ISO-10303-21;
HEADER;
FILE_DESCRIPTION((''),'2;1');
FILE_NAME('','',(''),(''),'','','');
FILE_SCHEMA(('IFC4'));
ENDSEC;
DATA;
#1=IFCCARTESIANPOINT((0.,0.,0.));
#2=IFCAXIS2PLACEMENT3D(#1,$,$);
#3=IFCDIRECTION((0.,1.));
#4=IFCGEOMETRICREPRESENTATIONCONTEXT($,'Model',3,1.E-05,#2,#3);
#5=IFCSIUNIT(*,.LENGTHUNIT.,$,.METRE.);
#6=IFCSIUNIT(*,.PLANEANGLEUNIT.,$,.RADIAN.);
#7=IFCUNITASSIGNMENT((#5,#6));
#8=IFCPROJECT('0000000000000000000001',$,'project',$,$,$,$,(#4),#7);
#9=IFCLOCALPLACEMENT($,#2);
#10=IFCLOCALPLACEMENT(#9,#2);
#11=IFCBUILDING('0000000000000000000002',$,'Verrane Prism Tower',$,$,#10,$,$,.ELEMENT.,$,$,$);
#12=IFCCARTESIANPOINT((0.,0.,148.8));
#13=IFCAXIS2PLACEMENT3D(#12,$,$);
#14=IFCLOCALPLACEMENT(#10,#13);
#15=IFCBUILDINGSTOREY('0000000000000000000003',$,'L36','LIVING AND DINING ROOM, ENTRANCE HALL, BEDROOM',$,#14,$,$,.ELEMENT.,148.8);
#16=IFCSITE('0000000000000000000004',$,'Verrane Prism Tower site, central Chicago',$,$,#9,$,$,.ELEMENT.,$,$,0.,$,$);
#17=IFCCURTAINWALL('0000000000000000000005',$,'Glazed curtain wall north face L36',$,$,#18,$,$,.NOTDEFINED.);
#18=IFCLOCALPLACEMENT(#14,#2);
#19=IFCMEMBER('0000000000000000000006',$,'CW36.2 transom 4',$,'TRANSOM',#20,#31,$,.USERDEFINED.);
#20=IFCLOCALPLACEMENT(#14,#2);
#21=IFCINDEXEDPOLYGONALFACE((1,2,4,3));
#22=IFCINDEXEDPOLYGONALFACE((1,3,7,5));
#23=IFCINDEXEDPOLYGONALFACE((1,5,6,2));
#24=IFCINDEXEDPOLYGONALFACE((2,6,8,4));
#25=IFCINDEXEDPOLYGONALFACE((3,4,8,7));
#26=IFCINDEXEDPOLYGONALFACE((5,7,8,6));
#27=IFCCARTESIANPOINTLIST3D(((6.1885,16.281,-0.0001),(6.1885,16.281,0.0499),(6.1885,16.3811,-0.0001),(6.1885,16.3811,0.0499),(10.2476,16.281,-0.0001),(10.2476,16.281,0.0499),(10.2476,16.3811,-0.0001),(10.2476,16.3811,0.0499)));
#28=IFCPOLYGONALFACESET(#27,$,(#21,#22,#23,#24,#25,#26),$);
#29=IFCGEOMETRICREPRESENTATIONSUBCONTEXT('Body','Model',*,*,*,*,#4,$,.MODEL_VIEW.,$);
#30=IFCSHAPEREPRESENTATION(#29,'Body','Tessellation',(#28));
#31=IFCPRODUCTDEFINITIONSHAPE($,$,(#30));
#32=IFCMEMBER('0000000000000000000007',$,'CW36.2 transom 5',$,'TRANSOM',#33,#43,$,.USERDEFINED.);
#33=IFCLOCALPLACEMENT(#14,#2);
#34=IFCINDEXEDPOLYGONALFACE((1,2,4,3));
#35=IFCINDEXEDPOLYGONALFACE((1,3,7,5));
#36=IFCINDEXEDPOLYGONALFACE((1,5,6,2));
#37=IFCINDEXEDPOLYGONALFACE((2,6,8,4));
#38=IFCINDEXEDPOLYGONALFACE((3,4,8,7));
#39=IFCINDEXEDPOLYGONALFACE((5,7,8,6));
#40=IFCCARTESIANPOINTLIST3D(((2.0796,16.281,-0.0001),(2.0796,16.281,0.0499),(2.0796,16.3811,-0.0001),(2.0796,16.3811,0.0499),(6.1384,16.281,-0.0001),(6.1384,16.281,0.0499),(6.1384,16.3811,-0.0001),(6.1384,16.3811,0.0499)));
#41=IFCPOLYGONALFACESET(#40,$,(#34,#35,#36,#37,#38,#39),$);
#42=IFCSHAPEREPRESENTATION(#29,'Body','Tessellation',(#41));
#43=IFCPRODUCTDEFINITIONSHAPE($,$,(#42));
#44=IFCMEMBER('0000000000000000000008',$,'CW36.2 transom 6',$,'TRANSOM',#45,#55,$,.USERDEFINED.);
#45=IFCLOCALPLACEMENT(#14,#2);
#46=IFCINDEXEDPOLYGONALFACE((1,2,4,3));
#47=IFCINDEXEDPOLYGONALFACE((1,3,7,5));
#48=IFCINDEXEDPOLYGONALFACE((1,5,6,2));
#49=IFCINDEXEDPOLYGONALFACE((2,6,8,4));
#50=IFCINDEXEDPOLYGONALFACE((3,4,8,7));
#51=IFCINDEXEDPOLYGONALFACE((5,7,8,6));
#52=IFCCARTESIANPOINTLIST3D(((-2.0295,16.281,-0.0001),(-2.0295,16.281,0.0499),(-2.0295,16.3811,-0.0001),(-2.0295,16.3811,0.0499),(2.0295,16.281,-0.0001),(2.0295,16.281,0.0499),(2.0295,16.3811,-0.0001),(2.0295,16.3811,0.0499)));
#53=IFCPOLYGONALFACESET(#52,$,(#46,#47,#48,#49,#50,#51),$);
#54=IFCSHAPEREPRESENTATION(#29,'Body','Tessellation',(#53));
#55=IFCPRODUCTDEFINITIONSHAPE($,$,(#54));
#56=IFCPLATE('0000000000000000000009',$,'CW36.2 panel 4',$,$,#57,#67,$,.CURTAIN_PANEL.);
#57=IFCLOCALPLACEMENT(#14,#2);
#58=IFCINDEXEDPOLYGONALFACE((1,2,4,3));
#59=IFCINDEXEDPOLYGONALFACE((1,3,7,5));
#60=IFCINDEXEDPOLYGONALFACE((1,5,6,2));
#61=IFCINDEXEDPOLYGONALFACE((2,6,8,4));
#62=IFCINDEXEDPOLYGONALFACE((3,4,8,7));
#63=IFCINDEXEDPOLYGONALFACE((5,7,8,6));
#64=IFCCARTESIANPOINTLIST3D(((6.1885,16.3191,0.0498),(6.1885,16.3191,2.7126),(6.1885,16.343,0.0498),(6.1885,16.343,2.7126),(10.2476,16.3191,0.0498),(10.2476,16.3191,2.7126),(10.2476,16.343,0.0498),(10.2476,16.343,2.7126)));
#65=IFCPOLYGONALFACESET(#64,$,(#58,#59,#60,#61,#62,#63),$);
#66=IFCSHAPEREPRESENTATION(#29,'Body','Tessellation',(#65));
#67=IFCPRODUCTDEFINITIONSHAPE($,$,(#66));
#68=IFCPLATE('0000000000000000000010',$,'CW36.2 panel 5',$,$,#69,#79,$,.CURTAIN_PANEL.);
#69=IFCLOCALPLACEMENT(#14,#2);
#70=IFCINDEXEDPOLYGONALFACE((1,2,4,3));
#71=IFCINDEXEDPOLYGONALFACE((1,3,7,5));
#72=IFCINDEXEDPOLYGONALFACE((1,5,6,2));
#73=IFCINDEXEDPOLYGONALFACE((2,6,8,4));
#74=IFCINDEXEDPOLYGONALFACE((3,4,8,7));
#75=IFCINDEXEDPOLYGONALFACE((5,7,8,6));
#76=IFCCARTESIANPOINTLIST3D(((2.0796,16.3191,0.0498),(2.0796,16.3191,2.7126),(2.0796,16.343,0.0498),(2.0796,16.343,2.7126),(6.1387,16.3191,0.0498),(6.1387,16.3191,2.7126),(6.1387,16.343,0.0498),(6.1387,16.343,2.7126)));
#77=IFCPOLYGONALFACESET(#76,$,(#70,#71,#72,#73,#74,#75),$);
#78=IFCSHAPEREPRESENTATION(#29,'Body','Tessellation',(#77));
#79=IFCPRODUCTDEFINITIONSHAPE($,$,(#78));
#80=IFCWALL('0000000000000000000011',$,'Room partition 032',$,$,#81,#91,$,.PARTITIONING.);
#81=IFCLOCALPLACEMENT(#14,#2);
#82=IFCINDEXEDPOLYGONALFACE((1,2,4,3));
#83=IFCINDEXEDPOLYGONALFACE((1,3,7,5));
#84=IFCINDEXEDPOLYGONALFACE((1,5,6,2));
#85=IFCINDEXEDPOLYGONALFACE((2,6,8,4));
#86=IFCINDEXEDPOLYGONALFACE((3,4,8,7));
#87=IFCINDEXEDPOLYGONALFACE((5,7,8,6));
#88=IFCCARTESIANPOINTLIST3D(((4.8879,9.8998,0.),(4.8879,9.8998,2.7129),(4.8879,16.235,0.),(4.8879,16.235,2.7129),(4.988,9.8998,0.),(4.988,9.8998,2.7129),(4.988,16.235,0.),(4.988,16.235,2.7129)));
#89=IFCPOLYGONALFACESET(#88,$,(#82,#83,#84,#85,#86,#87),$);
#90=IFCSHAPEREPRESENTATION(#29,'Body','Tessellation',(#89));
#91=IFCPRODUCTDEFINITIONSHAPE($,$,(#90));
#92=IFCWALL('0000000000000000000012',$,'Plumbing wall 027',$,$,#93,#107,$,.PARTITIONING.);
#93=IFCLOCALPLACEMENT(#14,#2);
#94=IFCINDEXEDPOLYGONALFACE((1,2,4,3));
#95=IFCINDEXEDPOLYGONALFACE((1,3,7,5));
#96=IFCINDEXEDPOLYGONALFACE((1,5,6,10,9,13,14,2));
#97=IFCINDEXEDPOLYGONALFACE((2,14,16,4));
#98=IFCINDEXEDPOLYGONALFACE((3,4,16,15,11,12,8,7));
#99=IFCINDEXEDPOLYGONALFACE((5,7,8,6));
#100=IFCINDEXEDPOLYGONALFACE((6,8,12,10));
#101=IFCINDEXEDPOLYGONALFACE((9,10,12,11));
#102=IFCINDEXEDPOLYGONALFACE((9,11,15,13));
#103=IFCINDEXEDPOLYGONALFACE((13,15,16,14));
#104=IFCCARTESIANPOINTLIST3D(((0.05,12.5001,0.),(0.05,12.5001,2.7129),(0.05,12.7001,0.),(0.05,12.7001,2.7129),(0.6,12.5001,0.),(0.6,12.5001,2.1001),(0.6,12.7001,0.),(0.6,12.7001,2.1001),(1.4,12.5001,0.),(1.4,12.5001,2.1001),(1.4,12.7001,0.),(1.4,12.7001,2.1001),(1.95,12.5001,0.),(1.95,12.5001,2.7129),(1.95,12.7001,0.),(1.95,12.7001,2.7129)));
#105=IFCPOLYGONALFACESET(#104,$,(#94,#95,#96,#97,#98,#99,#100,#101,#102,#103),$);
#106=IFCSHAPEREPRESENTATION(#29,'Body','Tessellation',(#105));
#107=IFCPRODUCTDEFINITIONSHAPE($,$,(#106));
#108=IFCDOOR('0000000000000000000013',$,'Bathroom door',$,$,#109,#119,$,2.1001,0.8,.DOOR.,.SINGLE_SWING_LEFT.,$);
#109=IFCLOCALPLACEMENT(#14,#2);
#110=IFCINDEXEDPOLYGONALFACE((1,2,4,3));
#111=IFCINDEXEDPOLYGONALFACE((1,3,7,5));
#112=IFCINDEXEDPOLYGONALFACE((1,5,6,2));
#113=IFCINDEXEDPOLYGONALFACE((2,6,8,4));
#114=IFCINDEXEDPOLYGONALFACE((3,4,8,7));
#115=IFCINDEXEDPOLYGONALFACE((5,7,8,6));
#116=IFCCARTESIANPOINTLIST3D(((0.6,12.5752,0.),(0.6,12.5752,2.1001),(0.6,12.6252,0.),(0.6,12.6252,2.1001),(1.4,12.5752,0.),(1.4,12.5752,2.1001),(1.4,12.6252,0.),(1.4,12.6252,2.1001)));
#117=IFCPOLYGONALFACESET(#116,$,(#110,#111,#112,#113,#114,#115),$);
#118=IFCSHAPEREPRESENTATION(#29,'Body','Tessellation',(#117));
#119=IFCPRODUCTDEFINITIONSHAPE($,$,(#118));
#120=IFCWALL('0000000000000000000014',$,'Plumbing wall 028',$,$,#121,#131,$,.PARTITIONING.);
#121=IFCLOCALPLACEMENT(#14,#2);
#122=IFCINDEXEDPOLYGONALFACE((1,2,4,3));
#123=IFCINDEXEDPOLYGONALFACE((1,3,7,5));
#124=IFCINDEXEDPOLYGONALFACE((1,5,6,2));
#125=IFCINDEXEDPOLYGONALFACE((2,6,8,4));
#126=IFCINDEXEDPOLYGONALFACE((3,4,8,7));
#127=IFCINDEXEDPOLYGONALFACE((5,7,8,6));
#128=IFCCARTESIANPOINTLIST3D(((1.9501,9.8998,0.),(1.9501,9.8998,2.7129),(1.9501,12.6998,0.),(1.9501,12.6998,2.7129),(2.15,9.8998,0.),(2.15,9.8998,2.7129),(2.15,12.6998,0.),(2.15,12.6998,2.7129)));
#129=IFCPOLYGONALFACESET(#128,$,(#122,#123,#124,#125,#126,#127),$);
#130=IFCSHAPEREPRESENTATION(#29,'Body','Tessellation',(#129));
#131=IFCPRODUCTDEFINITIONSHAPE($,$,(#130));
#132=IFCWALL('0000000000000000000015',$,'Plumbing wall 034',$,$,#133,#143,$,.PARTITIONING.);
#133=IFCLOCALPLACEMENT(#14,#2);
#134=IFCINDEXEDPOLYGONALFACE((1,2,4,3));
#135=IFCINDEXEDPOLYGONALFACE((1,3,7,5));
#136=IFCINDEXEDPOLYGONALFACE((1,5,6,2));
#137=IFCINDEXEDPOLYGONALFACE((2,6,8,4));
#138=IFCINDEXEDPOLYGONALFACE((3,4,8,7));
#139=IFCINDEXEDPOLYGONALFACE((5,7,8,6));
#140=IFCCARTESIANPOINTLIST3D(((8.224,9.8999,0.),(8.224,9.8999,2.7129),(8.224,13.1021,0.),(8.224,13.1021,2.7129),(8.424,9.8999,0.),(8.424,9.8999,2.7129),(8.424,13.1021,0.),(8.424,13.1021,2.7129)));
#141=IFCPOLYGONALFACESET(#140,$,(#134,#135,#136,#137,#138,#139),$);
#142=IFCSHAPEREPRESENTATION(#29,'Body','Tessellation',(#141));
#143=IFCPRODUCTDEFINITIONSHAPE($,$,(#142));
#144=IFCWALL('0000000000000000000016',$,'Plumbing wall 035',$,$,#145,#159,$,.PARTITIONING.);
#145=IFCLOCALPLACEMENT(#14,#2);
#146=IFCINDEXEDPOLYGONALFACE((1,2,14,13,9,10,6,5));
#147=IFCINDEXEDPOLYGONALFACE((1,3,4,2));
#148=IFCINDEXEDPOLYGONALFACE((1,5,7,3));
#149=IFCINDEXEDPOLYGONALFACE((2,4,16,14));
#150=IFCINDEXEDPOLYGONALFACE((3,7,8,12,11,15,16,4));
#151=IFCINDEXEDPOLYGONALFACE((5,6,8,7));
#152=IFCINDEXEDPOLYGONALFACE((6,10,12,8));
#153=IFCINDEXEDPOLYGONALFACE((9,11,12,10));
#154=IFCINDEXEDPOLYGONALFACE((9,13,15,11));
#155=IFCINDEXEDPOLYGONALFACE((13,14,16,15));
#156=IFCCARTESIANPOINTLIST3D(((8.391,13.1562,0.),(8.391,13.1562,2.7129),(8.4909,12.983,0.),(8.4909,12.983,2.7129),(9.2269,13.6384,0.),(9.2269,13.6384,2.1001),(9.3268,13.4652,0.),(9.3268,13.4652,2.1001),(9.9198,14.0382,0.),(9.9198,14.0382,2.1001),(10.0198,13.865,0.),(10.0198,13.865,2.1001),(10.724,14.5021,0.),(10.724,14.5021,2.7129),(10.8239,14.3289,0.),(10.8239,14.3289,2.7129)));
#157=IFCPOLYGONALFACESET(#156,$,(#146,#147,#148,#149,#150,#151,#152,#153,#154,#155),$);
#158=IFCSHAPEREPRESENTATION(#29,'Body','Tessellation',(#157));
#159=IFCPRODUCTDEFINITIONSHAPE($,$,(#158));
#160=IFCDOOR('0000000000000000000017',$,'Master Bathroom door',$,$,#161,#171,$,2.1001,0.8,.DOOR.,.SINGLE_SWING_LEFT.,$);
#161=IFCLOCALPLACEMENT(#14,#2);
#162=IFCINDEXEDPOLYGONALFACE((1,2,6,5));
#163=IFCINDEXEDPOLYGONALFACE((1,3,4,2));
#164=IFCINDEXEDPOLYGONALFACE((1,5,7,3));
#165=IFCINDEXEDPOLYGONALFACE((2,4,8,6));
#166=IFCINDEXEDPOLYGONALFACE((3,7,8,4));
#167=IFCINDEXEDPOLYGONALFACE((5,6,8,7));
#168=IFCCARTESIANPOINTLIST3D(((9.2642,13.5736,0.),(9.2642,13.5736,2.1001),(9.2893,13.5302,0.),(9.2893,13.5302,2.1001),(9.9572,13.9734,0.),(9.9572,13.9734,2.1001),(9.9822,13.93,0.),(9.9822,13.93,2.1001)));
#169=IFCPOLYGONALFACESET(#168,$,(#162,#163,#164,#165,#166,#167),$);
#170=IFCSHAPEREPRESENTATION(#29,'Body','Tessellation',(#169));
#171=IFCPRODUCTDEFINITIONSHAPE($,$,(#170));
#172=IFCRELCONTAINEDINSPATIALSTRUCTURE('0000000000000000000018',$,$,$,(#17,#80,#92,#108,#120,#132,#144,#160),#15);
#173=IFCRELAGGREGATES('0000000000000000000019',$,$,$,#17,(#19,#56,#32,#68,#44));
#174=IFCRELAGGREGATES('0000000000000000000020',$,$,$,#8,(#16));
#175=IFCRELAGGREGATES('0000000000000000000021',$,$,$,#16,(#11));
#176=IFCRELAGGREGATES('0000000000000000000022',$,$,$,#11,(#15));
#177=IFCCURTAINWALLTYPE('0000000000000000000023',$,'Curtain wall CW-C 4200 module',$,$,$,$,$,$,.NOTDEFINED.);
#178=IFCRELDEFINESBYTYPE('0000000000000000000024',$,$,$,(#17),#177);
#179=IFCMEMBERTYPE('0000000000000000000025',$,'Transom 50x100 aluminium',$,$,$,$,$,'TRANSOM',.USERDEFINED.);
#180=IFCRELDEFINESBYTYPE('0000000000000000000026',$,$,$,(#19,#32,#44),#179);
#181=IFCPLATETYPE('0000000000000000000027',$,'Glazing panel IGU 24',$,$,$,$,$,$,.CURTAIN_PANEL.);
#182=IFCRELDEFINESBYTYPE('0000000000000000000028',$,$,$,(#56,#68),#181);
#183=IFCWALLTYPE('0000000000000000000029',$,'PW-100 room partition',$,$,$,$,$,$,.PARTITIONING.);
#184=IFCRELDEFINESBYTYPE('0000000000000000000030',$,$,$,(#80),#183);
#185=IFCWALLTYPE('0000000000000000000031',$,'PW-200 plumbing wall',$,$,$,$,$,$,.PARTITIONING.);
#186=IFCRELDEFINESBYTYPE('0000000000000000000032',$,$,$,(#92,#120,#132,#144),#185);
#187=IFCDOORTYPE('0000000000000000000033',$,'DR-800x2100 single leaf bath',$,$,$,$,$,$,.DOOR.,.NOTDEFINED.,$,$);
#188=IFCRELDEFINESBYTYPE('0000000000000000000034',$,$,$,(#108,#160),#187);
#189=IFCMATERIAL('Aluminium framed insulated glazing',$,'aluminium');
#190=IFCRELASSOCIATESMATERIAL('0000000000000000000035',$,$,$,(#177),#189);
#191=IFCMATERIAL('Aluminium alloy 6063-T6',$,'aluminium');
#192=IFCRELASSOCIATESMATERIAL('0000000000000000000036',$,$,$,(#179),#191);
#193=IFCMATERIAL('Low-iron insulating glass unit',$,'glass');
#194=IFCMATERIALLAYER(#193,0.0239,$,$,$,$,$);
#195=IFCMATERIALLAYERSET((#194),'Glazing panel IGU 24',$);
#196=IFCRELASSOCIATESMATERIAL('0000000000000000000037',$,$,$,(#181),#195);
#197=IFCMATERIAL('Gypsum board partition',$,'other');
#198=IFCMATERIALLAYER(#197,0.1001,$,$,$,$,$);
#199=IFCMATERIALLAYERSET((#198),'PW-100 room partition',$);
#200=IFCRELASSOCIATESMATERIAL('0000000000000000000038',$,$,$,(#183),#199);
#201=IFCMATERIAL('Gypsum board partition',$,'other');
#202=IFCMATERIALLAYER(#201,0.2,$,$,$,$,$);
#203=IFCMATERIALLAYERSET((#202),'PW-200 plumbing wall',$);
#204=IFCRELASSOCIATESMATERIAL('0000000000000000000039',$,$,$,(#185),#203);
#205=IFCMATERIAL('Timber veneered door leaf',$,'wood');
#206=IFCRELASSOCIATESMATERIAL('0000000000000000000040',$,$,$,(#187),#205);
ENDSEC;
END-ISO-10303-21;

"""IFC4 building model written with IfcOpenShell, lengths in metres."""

from ifc_helpers import new_model, si_unit, direction, frame, frame_2d, origin, origin_2d, place, context, subcontext, project, spatial, rectangle, extrude, material, layer, layer_set, material_profile, profile_set, type_object, element, fill, aggregate, save


model = new_model("IFC4")

# Units and contexts
model_context = context("Model", 3, precision=1e-05, world=origin(), true_north=direction((0.0, 1.0)))
body_context = subcontext(model_context, "Body", "Model", "MODEL_VIEW")
ifc_project = project(units=[si_unit("LENGTHUNIT", "METRE"), si_unit("PLANEANGLEUNIT", "RADIAN")], contexts=[model_context])

# Site, building, storey
site_placement = place(None, origin())
site = spatial("IfcSite", under=ifc_project, at=site_placement, Name="Verrane Prism Tower site, central Chicago", CompositionType="ELEMENT", RefElevation=0.0)
building_placement = place(site_placement, origin())
building = spatial("IfcBuilding", under=site, at=building_placement, Name="Verrane Prism Tower", CompositionType="ELEMENT")
storey_placement = place(building_placement, frame((0.0, 0.0, 148.8)))
storey = spatial("IfcBuildingStorey", under=building, at=storey_placement, Name="L36", Description="LIVING AND DINING ROOM, ENTRANCE HALL, BEDROOM", CompositionType="ELEMENT", Elevation=148.8)

# Curtain wall
ifc_material_1 = material(Name="Aluminium framed insulated glazing", Category="aluminium")
curtain_wall_type = type_object("IfcCurtainWallType", Name="Curtain wall CW-C 4200 module", PredefinedType="NOTDEFINED", material=ifc_material_1)
curtain_wall_placement = place(storey_placement, origin())
curtain_wall = element("IfcCurtainWall", 1, at=curtain_wall_placement, inside=storey, type_object=curtain_wall_type, Name="Glazed curtain wall north face L36", PredefinedType="NOTDEFINED")

# Members
ifc_material_2 = material(Name="Aluminium alloy 6063-T6", Category="aluminium")
ifc_material_profile_1 = material_profile(ifc_material_2, rectangle(XDim=0.1001, YDim=0.05, at=origin_2d()), Name="Transom 50x100 aluminium")
ifc_profile_set_1 = profile_set([ifc_material_profile_1], Name="Aluminium alloy 6063-T6")
member_type_1 = type_object("IfcMemberType", Name="Transom 50x100 aluminium", ElementType="TRANSOM", PredefinedType="USERDEFINED", material=ifc_profile_set_1)
member_1_placement = place(storey_placement, frame((10.2476, 16.3311, 0.0249), z_axis=(-1.0, 0.0, 0.0), x_axis=(0.0, -1.0, 0.0)))
member_1 = element("IfcMember", 2, at=member_1_placement, type_object=member_type_1, Name="CW36.2 transom 4", ObjectType="TRANSOM", PredefinedType="USERDEFINED", context=body_context, shape_type="SweptSolid", body=[
    extrude(rectangle(XDim=0.1001, YDim=0.05, at=origin_2d()), origin(), (0.0, 0.0, 1.0), 4.0591),
])
member_2_placement = place(storey_placement, frame((6.1384, 16.3311, 0.0249), z_axis=(-1.0, 0.0, 0.0), x_axis=(0.0, -1.0, 0.0)))
member_2 = element("IfcMember", 3, at=member_2_placement, type_object=member_type_1, Name="CW36.2 transom 5", ObjectType="TRANSOM", PredefinedType="USERDEFINED", context=body_context, shape_type="SweptSolid", body=[
    extrude(rectangle(XDim=0.1001, YDim=0.05, at=origin_2d()), origin(), (0.0, 0.0, 1.0), 4.0588),
])
member_3_placement = place(storey_placement, frame((2.0295, 16.3311, 0.0249), z_axis=(-1.0, 0.0, 0.0), x_axis=(0.0, -1.0, 0.0)))
member_3 = element("IfcMember", 4, at=member_3_placement, type_object=member_type_1, Name="CW36.2 transom 6", ObjectType="TRANSOM", PredefinedType="USERDEFINED", context=body_context, shape_type="SweptSolid", body=[
    extrude(rectangle(XDim=0.1001, YDim=0.05, at=origin_2d()), origin(), (0.0, 0.0, 1.0), 4.0591),
])

# Plates
ifc_material_3 = material(Name="Low-iron insulating glass unit", Category="glass")
ifc_layer_1 = layer(ifc_material_3, 0.0239)
ifc_layer_set_1 = layer_set([ifc_layer_1], Name="Glazing panel IGU 24")
plate_type = type_object("IfcPlateType", Name="Glazing panel IGU 24", PredefinedType="CURTAIN_PANEL", material=ifc_layer_set_1)
plate_1_placement = place(storey_placement, frame((8.218, 16.3311, 0.0498), z_axis=(0.0, 0.0, 1.0), x_axis=(-1.0, 0.0, 0.0)))
plate_1 = element("IfcPlate", 5, at=plate_1_placement, type_object=plate_type, Name="CW36.2 panel 4", PredefinedType="CURTAIN_PANEL", context=body_context, shape_type="SweptSolid", body=[
    extrude(rectangle(XDim=4.0591, YDim=0.0239, at=origin_2d()), origin(), (0.0, 0.0, 1.0), 2.6628),
])
plate_2_placement = place(storey_placement, frame((4.1091, 16.3311, 0.0498), z_axis=(0.0, 0.0, 1.0), x_axis=(-1.0, 0.0, 0.0)))
plate_2 = element("IfcPlate", 6, at=plate_2_placement, type_object=plate_type, Name="CW36.2 panel 5", PredefinedType="CURTAIN_PANEL", context=body_context, shape_type="SweptSolid", body=[
    extrude(rectangle(XDim=4.0591, YDim=0.0239, at=origin_2d()), origin(), (0.0, 0.0, 1.0), 2.6628),
])
aggregate(curtain_wall, [member_1, plate_1, member_2, plate_2, member_3])

# Wall
ifc_material_4 = material(Name="Gypsum board partition", Category="other")
ifc_layer_2 = layer(ifc_material_4, 0.1001)
ifc_layer_set_2 = layer_set([ifc_layer_2], Name="PW-100 room partition")
wall_type_1 = type_object("IfcWallType", Name="PW-100 room partition", PredefinedType="PARTITIONING", material=ifc_layer_set_2)
wall_1_placement = place(storey_placement, frame((4.938, 9.8999, 0.0), z_axis=(0.0, 0.0, 1.0), x_axis=(0.0, 1.0, 0.0)))
element("IfcWall", 7, at=wall_1_placement, inside=storey, type_object=wall_type_1, Name="Room partition 032", PredefinedType="PARTITIONING", context=body_context, shape_type="SweptSolid", body=[
    extrude(rectangle(XDim=6.3352, YDim=0.1001, at=frame_2d((3.1675, 0.0))), origin(), (0.0, 0.0, 1.0), 2.7129),
])

# Wall, opening, door
ifc_material_5 = material(Name="Gypsum board partition", Category="other")
ifc_layer_3 = layer(ifc_material_5, 0.2)
ifc_layer_set_3 = layer_set([ifc_layer_3], Name="PW-200 plumbing wall")
wall_type_2 = type_object("IfcWallType", Name="PW-200 plumbing wall", PredefinedType="PARTITIONING", material=ifc_layer_set_3)
wall_2_placement = place(storey_placement, frame((1.95, 12.6001, 0.0), z_axis=(0.0, 0.0, 1.0), x_axis=(-1.0, 0.0, 0.0)))
wall_2 = element("IfcWall", 8, at=wall_2_placement, inside=storey, type_object=wall_type_2, Name="Plumbing wall 027", PredefinedType="PARTITIONING", context=body_context, shape_type="SweptSolid", body=[
    extrude(rectangle(XDim=1.8999, YDim=0.2, at=frame_2d((0.95, 0.0))), origin(), (0.0, 0.0, 1.0), 2.7129),
])
opening_1_placement = place(wall_2_placement, frame((0.55, 0.0, 0.0)))
opening_1 = element("IfcOpeningElement", 9, at=opening_1_placement, cuts=wall_2, PredefinedType="OPENING", context=body_context, shape_type="SweptSolid", body=[
    extrude(rectangle(XDim=0.8, YDim=2.1001, at=frame_2d((0.3999, 1.05))), frame((0.0, 0.1099, 0.0), z_axis=(0.0, -1.0, 0.0), x_axis=(1.0, 0.0, 0.0)), (0.0, 0.0, 1.0), 0.22),
])
ifc_material_6 = material(Name="Timber veneered door leaf", Category="wood")
door_type_1 = type_object("IfcDoorType", Name="DR-800x2100 single leaf bath", OperationType="NOTDEFINED", PredefinedType="DOOR", material=ifc_material_6)
door_1_placement = place(opening_1_placement, origin())
door_1 = element("IfcDoor", 10, at=door_1_placement, inside=storey, type_object=door_type_1, Name="Bathroom door", OperationType="SINGLE_SWING_LEFT", OverallHeight=2.1001, OverallWidth=0.8, PredefinedType="DOOR", context=body_context, shape_type="SweptSolid", body=[
    extrude(rectangle(XDim=0.8, YDim=2.1001, at=frame_2d((0.3999, 1.05))), frame((0.0, 0.0249, 0.0), z_axis=(0.0, -1.0, 0.0), x_axis=(1.0, 0.0, 0.0)), (0.0, 0.0, 1.0), 0.05),
])
fill(opening_1, door_1)

# Walls
wall_3_placement = place(storey_placement, frame((2.05, 9.8999, 0.0), z_axis=(0.0, 0.0, 1.0), x_axis=(0.0, 1.0, 0.0)))
element("IfcWall", 11, at=wall_3_placement, inside=storey, type_object=wall_type_2, Name="Plumbing wall 028", PredefinedType="PARTITIONING", context=body_context, shape_type="SweptSolid", body=[
    extrude(rectangle(XDim=2.8, YDim=0.2, at=frame_2d((1.3999, 0.0))), origin(), (0.0, 0.0, 1.0), 2.7129),
])
wall_4_placement = place(storey_placement, frame((8.324, 9.8999, 0.0), z_axis=(0.0, 0.0, 1.0), x_axis=(0.0, 1.0, 0.0)))
element("IfcWall", 12, at=wall_4_placement, inside=storey, type_object=wall_type_2, Name="Plumbing wall 034", PredefinedType="PARTITIONING", context=body_context, shape_type="SweptSolid", body=[
    extrude(rectangle(XDim=3.2021, YDim=0.2, at=frame_2d((1.6011, 0.0))), origin(), (0.0, 0.0, 1.0), 2.7129),
])

# Wall, opening, door
wall_5_placement = place(storey_placement, frame((10.7739, 14.4155, 0.0), z_axis=(0.0, 0.0, 1.0), x_axis=(-0.866189, -0.499717, 0.0)))
wall_5 = element("IfcWall", 13, at=wall_5_placement, inside=storey, type_object=wall_type_2, Name="Plumbing wall 035", PredefinedType="PARTITIONING", context=body_context, shape_type="SweptSolid", body=[
    extrude(rectangle(XDim=2.6934, YDim=0.2, at=frame_2d((1.3467, 0.0))), origin(), (0.0, 0.0, 1.0), 2.7129),
])
opening_2_placement = place(wall_5_placement, frame((0.9285, 0.0, 0.0)))
opening_2 = element("IfcOpeningElement", 14, at=opening_2_placement, cuts=wall_5, PredefinedType="OPENING", context=body_context, shape_type="SweptSolid", body=[
    extrude(rectangle(XDim=0.8, YDim=2.1001, at=frame_2d((0.3999, 1.05))), frame((0.0, 0.1099, 0.0), z_axis=(0.0, -1.0, 0.0), x_axis=(1.0, 0.0, 0.0)), (0.0, 0.0, 1.0), 0.22),
])
door_2_placement = place(opening_2_placement, origin())
door_2 = element("IfcDoor", 15, at=door_2_placement, inside=storey, type_object=door_type_1, Name="Master Bathroom door", OperationType="SINGLE_SWING_LEFT", OverallHeight=2.1001, OverallWidth=0.8, PredefinedType="DOOR", context=body_context, shape_type="SweptSolid", body=[
    extrude(rectangle(XDim=0.8, YDim=2.1001, at=frame_2d((0.3999, 1.05))), frame((0.0, 0.0249, 0.0), z_axis=(0.0, -1.0, 0.0), x_axis=(1.0, 0.0, 0.0)), (0.0, 0.0, 1.0), 0.05),
])
fill(opening_2, door_2)

save(model, "model.ifc")
